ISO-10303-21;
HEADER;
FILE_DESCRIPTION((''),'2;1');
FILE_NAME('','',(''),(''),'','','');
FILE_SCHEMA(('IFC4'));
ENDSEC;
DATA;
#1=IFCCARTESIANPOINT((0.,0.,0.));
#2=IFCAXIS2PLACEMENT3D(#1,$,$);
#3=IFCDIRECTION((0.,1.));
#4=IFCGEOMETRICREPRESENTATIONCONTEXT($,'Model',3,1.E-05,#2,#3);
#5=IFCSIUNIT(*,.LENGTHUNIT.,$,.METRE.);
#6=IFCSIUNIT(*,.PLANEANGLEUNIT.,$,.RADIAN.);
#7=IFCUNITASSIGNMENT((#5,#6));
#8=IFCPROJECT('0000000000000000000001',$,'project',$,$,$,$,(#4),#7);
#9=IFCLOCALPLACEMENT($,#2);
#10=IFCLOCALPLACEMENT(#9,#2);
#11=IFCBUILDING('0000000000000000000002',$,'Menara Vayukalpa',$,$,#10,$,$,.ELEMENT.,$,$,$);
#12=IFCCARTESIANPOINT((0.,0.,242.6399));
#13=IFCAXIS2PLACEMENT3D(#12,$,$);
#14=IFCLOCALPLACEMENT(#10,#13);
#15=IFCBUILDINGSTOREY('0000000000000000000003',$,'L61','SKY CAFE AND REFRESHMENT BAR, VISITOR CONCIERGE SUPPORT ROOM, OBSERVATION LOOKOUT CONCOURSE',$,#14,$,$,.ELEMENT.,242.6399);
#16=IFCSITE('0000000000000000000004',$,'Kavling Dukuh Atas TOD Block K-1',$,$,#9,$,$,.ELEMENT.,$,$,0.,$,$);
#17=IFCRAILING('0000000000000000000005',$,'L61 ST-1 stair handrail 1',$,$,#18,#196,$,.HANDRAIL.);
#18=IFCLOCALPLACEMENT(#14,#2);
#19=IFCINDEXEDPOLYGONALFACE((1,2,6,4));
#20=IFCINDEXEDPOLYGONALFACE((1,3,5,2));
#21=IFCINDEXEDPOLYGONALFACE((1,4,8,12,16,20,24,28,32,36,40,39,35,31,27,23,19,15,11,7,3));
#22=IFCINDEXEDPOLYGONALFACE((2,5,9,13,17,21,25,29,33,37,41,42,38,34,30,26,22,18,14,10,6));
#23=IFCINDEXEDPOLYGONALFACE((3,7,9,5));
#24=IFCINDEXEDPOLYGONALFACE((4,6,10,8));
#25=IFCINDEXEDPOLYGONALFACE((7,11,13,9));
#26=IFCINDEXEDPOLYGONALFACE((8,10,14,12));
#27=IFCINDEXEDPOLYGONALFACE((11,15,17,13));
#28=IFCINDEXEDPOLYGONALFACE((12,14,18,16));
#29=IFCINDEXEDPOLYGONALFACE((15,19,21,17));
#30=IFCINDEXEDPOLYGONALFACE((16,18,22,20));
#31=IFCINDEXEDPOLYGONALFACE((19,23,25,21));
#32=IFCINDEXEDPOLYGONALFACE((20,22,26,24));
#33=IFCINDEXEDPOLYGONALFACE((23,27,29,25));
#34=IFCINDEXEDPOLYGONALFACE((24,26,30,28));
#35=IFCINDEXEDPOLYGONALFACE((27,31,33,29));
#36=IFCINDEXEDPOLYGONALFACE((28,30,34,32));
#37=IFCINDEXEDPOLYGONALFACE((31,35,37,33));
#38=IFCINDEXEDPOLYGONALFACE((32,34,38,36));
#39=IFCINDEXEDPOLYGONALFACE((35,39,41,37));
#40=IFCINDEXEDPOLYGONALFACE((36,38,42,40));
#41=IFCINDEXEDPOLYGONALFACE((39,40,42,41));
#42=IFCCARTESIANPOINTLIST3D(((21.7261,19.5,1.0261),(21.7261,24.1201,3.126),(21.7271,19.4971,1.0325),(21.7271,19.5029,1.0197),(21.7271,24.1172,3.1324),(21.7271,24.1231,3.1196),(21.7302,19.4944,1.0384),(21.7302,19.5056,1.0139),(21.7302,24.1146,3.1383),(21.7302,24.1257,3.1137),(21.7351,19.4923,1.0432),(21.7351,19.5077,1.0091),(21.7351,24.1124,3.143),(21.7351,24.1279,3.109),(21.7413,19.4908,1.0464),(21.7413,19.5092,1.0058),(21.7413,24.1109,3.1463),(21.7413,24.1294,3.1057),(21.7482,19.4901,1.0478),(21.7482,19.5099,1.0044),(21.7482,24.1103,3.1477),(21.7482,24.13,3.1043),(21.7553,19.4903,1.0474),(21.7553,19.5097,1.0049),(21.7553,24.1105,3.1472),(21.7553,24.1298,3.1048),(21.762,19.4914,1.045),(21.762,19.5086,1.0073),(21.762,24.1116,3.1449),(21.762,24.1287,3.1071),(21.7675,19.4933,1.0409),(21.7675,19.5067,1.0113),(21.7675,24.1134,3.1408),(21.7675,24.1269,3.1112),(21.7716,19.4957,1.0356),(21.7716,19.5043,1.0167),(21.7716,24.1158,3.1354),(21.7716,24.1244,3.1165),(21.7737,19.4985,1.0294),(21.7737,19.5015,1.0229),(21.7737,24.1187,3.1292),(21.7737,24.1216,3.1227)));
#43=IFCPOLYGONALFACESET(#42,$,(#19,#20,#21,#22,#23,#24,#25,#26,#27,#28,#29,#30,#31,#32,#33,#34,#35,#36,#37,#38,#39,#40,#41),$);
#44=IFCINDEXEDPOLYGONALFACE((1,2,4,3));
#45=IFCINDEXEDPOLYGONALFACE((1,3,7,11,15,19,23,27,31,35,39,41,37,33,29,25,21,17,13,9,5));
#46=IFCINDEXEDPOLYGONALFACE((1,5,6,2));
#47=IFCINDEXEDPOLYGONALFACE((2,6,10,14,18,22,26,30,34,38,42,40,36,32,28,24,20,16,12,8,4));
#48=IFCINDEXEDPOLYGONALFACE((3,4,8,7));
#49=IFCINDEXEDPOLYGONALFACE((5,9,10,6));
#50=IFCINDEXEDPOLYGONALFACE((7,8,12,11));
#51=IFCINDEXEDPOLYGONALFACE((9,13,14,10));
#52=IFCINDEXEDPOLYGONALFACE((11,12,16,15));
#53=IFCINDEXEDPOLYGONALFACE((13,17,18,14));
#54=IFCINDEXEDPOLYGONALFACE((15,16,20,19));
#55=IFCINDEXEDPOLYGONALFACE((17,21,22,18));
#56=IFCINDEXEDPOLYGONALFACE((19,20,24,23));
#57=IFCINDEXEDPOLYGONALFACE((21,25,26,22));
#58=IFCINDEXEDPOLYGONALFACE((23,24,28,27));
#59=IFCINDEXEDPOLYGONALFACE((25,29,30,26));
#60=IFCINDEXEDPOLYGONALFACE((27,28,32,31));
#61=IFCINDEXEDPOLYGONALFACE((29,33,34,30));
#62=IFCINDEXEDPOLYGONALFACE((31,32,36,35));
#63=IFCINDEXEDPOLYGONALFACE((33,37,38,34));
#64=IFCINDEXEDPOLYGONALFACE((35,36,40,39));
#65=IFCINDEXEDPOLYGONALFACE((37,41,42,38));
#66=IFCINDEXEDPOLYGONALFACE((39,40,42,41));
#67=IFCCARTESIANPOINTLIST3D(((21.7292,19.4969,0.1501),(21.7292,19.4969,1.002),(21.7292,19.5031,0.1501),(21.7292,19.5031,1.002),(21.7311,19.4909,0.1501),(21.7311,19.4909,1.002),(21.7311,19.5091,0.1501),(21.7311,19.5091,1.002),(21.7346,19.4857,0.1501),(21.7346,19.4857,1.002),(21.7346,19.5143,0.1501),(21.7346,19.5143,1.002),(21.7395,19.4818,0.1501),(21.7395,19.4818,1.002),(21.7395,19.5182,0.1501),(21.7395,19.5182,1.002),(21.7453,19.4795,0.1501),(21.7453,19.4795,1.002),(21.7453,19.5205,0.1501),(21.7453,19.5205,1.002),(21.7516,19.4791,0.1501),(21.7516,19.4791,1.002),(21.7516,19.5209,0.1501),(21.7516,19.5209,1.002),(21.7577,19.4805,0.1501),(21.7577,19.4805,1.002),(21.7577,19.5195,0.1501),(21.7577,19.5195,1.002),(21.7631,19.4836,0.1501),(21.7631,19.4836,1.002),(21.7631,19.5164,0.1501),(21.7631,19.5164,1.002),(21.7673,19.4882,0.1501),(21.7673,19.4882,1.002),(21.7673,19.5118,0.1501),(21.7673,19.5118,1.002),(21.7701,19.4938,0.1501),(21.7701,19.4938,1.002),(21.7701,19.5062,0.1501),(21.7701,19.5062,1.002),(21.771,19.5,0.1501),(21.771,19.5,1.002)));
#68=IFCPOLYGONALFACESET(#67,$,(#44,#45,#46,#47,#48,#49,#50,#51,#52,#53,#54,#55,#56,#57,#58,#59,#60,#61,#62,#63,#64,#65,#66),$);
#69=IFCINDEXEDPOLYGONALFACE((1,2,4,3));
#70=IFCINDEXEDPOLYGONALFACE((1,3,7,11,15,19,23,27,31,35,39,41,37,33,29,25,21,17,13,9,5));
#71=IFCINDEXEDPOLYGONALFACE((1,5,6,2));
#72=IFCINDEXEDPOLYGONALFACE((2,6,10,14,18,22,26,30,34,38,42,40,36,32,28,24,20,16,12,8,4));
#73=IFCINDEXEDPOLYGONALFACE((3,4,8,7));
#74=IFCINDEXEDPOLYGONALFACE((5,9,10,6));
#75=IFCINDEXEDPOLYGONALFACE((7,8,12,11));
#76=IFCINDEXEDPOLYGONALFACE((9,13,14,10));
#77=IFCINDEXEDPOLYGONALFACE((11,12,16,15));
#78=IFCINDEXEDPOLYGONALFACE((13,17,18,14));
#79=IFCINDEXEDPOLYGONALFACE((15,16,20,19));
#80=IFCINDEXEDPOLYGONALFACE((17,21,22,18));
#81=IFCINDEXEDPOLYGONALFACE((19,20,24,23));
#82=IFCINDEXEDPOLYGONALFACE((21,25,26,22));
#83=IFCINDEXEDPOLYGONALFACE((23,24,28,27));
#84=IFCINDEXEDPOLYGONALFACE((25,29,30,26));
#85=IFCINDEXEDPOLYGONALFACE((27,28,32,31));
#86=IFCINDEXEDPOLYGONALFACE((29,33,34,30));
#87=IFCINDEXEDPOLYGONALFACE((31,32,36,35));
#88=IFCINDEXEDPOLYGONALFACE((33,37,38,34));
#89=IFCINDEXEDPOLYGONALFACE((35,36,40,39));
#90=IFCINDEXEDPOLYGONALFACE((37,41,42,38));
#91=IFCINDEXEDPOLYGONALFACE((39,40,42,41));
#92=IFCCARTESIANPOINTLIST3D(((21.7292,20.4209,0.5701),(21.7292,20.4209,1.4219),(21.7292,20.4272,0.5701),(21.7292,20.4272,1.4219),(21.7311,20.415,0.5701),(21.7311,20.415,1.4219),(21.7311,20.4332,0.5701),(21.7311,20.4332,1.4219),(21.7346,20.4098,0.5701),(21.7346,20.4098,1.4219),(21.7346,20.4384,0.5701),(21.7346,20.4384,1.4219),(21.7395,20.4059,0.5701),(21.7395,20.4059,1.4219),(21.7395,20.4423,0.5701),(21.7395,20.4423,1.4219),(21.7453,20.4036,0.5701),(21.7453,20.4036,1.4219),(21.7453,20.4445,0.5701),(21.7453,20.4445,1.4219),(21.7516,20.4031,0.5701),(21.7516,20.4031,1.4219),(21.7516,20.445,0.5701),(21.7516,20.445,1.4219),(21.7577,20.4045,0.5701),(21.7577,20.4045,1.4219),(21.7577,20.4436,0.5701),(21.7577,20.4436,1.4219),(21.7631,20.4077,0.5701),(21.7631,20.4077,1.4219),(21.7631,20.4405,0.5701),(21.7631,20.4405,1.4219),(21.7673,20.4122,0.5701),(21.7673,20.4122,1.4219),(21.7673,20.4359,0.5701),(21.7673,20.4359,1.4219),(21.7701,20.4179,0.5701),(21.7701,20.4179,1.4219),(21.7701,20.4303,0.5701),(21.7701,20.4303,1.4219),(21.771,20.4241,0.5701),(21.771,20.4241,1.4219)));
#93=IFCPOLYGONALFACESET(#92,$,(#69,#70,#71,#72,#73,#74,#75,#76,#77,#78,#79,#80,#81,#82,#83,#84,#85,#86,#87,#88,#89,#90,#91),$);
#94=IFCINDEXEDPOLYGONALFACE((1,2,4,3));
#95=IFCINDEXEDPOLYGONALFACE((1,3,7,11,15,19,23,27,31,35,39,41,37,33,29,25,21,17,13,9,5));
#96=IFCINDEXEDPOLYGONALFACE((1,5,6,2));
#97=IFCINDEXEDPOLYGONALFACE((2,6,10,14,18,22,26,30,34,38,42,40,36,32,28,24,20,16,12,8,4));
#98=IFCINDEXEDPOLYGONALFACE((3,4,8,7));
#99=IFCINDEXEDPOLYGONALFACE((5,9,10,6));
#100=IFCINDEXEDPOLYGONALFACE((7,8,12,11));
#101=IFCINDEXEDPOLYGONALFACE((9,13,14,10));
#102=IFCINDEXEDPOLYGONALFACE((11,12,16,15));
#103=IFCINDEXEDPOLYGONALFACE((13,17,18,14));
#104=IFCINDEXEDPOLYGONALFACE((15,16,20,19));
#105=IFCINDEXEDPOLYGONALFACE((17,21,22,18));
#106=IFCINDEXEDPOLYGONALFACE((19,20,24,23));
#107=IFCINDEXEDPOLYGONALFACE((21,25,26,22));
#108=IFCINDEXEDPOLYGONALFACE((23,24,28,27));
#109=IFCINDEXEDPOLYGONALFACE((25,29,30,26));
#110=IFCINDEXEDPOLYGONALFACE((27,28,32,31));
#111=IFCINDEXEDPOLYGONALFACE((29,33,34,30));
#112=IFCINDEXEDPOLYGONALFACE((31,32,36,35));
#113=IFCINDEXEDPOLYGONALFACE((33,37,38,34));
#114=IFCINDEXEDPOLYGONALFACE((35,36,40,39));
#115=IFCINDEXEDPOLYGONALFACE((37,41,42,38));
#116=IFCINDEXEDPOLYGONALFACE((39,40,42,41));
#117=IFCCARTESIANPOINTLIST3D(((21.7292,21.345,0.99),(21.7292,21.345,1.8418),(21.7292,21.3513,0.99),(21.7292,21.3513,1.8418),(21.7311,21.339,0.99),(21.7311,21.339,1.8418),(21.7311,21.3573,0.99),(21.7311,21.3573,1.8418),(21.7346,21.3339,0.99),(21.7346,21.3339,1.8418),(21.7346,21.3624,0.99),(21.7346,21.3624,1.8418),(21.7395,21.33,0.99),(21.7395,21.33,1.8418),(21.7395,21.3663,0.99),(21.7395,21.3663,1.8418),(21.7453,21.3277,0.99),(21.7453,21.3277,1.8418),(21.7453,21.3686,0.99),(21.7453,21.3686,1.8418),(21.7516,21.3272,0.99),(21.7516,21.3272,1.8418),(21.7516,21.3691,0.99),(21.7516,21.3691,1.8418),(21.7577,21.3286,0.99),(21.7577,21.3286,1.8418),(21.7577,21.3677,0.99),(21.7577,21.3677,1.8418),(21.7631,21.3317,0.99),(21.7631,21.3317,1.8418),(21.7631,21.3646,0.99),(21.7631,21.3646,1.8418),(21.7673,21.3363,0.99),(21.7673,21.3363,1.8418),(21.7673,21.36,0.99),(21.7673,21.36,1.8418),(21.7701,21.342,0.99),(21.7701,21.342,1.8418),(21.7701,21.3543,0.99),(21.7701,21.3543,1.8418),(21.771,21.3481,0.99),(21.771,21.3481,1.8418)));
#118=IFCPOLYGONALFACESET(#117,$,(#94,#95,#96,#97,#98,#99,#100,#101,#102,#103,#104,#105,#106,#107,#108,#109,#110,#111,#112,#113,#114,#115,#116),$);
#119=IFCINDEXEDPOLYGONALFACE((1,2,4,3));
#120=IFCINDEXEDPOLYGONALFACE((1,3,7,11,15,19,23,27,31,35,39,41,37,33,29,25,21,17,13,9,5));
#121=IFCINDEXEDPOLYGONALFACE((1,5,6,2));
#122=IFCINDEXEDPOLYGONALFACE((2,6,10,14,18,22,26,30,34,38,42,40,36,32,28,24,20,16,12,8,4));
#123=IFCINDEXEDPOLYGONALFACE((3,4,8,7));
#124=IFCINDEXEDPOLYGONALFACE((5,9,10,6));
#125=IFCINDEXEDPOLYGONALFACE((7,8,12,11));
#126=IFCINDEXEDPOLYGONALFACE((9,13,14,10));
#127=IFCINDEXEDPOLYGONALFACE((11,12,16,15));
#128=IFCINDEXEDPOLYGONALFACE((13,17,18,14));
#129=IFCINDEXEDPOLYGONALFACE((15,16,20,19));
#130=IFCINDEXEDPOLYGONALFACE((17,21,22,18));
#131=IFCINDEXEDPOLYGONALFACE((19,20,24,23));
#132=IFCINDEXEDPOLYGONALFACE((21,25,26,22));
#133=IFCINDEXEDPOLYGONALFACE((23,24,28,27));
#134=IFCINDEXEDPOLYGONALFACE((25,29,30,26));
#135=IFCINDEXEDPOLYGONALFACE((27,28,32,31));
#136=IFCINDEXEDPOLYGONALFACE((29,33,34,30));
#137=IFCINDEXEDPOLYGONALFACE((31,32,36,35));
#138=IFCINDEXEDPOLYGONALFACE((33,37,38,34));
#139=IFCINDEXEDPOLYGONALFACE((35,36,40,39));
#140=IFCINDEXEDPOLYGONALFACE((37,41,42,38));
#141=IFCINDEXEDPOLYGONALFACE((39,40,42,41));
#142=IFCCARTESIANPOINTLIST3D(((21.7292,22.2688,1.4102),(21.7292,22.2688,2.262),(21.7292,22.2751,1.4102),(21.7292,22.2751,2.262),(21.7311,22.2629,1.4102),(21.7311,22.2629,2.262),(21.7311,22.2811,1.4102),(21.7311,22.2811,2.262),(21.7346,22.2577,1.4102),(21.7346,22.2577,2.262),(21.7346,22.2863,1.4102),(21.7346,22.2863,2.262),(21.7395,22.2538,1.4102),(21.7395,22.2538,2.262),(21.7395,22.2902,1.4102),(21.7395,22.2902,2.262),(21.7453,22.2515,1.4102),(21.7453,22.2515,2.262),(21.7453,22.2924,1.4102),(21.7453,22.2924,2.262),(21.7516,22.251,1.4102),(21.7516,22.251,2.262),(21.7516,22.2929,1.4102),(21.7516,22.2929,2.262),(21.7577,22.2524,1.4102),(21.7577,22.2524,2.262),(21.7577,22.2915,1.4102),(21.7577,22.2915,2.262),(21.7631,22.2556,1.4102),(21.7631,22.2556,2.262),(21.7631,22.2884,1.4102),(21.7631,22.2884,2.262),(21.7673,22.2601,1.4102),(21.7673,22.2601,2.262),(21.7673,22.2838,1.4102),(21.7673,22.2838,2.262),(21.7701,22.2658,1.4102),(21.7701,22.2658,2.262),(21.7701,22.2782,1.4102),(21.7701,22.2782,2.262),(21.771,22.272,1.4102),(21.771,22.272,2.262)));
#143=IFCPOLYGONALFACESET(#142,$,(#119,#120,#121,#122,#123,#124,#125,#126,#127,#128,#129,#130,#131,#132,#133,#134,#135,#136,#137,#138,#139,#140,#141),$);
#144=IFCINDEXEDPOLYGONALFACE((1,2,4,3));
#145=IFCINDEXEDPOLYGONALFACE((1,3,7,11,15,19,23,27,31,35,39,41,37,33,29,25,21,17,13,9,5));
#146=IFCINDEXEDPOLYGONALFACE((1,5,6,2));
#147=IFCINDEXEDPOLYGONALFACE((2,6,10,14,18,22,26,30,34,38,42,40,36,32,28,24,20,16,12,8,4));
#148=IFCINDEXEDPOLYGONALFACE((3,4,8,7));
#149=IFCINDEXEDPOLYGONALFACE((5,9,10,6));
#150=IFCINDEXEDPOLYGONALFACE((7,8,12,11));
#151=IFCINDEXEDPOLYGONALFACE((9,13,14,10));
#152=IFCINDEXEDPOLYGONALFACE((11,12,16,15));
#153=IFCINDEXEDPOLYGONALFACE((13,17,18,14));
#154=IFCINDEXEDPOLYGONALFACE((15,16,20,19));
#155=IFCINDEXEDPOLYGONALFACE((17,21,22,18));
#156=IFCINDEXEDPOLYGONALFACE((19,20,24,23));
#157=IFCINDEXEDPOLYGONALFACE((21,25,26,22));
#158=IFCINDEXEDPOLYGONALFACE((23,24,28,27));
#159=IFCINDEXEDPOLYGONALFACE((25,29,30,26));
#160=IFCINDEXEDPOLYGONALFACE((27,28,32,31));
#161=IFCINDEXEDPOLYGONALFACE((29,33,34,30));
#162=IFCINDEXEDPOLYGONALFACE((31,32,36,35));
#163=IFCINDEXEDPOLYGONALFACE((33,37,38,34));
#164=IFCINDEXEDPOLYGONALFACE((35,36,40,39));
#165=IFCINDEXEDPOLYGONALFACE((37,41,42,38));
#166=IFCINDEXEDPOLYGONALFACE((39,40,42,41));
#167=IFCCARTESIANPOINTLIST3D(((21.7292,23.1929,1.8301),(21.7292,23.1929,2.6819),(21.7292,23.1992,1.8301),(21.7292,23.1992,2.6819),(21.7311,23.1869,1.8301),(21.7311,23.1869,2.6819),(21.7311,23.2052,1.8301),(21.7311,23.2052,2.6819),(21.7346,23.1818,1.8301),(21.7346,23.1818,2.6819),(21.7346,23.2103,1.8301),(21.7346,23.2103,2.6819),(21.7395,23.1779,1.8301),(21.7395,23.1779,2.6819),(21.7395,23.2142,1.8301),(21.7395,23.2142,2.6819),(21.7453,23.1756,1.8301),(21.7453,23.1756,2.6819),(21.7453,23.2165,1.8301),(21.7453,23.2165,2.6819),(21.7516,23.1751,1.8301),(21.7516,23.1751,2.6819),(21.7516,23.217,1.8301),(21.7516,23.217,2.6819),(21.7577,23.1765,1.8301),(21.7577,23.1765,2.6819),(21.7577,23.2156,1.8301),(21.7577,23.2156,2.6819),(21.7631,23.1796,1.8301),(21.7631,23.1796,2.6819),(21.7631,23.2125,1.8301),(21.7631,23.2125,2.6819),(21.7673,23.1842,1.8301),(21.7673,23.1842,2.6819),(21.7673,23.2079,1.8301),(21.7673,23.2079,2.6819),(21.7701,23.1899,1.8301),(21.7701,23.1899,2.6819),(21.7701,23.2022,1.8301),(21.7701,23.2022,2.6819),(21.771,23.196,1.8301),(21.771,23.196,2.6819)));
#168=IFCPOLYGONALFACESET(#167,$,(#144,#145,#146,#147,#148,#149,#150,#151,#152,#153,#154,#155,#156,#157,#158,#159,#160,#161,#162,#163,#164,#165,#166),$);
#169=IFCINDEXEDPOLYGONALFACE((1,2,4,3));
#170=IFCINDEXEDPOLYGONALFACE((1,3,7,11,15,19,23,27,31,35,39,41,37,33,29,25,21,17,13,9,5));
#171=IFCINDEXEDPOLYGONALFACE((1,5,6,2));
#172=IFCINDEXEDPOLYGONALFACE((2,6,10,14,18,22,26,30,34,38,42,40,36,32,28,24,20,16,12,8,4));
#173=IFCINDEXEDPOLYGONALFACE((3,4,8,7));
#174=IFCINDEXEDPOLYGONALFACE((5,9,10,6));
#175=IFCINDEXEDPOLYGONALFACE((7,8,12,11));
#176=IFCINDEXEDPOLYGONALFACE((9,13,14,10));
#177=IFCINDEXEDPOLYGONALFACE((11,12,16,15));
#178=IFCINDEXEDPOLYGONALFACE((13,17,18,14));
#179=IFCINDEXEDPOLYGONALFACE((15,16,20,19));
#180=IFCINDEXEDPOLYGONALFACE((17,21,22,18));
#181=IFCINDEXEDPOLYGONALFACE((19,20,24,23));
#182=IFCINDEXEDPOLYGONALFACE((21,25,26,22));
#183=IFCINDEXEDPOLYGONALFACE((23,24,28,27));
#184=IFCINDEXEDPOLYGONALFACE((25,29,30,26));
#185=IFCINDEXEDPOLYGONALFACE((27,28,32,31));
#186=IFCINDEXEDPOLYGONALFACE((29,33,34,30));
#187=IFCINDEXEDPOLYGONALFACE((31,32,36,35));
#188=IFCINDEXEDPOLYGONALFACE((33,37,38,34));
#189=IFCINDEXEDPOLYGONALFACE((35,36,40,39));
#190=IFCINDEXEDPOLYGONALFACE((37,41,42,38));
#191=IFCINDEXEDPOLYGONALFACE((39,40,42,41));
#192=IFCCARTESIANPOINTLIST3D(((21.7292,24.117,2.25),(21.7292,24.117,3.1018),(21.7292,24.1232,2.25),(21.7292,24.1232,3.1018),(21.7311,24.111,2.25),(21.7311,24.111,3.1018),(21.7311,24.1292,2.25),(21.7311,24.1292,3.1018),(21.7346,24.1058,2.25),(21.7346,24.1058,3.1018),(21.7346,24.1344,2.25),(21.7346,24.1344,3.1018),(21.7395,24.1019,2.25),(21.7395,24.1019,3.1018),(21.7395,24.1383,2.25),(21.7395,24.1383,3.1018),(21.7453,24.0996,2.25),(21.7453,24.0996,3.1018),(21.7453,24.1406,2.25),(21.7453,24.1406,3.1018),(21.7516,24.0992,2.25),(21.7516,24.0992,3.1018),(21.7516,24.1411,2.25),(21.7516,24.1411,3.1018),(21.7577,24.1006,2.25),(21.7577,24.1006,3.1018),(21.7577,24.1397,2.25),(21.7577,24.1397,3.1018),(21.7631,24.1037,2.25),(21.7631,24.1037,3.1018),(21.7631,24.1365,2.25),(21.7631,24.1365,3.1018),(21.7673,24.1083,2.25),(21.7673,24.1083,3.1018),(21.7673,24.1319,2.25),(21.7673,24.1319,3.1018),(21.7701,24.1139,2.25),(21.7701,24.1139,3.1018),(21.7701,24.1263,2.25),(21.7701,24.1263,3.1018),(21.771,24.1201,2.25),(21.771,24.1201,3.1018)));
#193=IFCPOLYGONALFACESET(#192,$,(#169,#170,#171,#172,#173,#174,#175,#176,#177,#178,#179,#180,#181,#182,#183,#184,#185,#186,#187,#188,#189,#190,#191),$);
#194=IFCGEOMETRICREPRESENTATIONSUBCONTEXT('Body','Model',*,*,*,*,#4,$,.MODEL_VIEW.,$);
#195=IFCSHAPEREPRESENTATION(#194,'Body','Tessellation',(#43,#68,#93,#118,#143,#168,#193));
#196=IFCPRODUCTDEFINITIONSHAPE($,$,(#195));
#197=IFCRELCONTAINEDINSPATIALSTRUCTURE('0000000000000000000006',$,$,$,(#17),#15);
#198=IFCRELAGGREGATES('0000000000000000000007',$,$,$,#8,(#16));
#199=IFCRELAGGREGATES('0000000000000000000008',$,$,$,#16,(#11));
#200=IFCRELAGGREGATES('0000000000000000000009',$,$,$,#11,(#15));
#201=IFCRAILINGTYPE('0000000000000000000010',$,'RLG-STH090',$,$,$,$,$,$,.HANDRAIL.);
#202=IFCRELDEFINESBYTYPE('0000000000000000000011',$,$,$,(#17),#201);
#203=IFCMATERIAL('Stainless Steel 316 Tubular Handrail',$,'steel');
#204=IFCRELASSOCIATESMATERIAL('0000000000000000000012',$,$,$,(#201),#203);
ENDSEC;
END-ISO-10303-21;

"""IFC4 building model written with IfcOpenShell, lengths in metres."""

from ifc_helpers import new_model, si_unit, direction, frame, origin, origin_2d, place, context, subcontext, project, spatial, circle, extrude, material, type_object, element, save


model = new_model("IFC4")

# Units and contexts
model_context = context("Model", 3, precision=1e-05, world=origin(), true_north=direction((0.0, 1.0)))
body_context = subcontext(model_context, "Body", "Model", "MODEL_VIEW")
ifc_project = project(units=[si_unit("LENGTHUNIT", "METRE"), si_unit("PLANEANGLEUNIT", "RADIAN")], contexts=[model_context])

# Site, building, storey
site_placement = place(None, origin())
site = spatial("IfcSite", under=ifc_project, at=site_placement, Name="Kavling Dukuh Atas TOD Block K-1", CompositionType="ELEMENT", RefElevation=0.0)
building_placement = place(site_placement, origin())
building = spatial("IfcBuilding", under=site, at=building_placement, Name="Menara Vayukalpa", CompositionType="ELEMENT")
storey_placement = place(building_placement, frame((0.0, 0.0, 242.6399)))
storey = spatial("IfcBuildingStorey", under=building, at=storey_placement, Name="L61", Description="SKY CAFE AND REFRESHMENT BAR, VISITOR CONCIERGE SUPPORT ROOM, OBSERVATION LOOKOUT CONCOURSE", CompositionType="ELEMENT", Elevation=242.6399)

# Railing
ifc_material_1 = material(Name="Stainless Steel 316 Tubular Handrail", Category="steel")
railing_type_1 = type_object("IfcRailingType", Name="RLG-STH090", PredefinedType="HANDRAIL", material=ifc_material_1)
railing_1_placement = place(storey_placement, frame((21.75, 19.5, 0.1501)))
element("IfcRailing", 1, at=railing_1_placement, inside=storey, type_object=railing_type_1, Name="L61 ST-1 stair handrail 1", PredefinedType="HANDRAIL", context=body_context, shape_type="SweptSolid", body=[
    extrude(circle(Radius=0.0239, at=origin_2d()), frame((0.0, 0.0, 0.876), z_axis=(0.0, 0.910381, 0.41377), x_axis=(-1.0, 0.0, 0.0)), (0.0, 0.0, 1.0), 5.075),
    extrude(circle(Radius=0.021, at=origin_2d()), origin(), (0.0, 0.0, 1.0), 0.8518),
    extrude(circle(Radius=0.021, at=origin_2d()), frame((0.0, 0.9241, 0.4199)), (0.0, 0.0, 1.0), 0.8518),
    extrude(circle(Radius=0.021, at=origin_2d()), frame((0.0, 1.8481, 0.8398)), (0.0, 0.0, 1.0), 0.8518),
    extrude(circle(Radius=0.021, at=origin_2d()), frame((0.0, 2.772, 1.26)), (0.0, 0.0, 1.0), 0.8518),
    extrude(circle(Radius=0.021, at=origin_2d()), frame((0.0, 3.696, 1.6799)), (0.0, 0.0, 1.0), 0.8518),
    extrude(circle(Radius=0.021, at=origin_2d()), frame((0.0, 4.6201, 2.0999)), (0.0, 0.0, 1.0), 0.8518),
])

save(model, "model.ifc")
